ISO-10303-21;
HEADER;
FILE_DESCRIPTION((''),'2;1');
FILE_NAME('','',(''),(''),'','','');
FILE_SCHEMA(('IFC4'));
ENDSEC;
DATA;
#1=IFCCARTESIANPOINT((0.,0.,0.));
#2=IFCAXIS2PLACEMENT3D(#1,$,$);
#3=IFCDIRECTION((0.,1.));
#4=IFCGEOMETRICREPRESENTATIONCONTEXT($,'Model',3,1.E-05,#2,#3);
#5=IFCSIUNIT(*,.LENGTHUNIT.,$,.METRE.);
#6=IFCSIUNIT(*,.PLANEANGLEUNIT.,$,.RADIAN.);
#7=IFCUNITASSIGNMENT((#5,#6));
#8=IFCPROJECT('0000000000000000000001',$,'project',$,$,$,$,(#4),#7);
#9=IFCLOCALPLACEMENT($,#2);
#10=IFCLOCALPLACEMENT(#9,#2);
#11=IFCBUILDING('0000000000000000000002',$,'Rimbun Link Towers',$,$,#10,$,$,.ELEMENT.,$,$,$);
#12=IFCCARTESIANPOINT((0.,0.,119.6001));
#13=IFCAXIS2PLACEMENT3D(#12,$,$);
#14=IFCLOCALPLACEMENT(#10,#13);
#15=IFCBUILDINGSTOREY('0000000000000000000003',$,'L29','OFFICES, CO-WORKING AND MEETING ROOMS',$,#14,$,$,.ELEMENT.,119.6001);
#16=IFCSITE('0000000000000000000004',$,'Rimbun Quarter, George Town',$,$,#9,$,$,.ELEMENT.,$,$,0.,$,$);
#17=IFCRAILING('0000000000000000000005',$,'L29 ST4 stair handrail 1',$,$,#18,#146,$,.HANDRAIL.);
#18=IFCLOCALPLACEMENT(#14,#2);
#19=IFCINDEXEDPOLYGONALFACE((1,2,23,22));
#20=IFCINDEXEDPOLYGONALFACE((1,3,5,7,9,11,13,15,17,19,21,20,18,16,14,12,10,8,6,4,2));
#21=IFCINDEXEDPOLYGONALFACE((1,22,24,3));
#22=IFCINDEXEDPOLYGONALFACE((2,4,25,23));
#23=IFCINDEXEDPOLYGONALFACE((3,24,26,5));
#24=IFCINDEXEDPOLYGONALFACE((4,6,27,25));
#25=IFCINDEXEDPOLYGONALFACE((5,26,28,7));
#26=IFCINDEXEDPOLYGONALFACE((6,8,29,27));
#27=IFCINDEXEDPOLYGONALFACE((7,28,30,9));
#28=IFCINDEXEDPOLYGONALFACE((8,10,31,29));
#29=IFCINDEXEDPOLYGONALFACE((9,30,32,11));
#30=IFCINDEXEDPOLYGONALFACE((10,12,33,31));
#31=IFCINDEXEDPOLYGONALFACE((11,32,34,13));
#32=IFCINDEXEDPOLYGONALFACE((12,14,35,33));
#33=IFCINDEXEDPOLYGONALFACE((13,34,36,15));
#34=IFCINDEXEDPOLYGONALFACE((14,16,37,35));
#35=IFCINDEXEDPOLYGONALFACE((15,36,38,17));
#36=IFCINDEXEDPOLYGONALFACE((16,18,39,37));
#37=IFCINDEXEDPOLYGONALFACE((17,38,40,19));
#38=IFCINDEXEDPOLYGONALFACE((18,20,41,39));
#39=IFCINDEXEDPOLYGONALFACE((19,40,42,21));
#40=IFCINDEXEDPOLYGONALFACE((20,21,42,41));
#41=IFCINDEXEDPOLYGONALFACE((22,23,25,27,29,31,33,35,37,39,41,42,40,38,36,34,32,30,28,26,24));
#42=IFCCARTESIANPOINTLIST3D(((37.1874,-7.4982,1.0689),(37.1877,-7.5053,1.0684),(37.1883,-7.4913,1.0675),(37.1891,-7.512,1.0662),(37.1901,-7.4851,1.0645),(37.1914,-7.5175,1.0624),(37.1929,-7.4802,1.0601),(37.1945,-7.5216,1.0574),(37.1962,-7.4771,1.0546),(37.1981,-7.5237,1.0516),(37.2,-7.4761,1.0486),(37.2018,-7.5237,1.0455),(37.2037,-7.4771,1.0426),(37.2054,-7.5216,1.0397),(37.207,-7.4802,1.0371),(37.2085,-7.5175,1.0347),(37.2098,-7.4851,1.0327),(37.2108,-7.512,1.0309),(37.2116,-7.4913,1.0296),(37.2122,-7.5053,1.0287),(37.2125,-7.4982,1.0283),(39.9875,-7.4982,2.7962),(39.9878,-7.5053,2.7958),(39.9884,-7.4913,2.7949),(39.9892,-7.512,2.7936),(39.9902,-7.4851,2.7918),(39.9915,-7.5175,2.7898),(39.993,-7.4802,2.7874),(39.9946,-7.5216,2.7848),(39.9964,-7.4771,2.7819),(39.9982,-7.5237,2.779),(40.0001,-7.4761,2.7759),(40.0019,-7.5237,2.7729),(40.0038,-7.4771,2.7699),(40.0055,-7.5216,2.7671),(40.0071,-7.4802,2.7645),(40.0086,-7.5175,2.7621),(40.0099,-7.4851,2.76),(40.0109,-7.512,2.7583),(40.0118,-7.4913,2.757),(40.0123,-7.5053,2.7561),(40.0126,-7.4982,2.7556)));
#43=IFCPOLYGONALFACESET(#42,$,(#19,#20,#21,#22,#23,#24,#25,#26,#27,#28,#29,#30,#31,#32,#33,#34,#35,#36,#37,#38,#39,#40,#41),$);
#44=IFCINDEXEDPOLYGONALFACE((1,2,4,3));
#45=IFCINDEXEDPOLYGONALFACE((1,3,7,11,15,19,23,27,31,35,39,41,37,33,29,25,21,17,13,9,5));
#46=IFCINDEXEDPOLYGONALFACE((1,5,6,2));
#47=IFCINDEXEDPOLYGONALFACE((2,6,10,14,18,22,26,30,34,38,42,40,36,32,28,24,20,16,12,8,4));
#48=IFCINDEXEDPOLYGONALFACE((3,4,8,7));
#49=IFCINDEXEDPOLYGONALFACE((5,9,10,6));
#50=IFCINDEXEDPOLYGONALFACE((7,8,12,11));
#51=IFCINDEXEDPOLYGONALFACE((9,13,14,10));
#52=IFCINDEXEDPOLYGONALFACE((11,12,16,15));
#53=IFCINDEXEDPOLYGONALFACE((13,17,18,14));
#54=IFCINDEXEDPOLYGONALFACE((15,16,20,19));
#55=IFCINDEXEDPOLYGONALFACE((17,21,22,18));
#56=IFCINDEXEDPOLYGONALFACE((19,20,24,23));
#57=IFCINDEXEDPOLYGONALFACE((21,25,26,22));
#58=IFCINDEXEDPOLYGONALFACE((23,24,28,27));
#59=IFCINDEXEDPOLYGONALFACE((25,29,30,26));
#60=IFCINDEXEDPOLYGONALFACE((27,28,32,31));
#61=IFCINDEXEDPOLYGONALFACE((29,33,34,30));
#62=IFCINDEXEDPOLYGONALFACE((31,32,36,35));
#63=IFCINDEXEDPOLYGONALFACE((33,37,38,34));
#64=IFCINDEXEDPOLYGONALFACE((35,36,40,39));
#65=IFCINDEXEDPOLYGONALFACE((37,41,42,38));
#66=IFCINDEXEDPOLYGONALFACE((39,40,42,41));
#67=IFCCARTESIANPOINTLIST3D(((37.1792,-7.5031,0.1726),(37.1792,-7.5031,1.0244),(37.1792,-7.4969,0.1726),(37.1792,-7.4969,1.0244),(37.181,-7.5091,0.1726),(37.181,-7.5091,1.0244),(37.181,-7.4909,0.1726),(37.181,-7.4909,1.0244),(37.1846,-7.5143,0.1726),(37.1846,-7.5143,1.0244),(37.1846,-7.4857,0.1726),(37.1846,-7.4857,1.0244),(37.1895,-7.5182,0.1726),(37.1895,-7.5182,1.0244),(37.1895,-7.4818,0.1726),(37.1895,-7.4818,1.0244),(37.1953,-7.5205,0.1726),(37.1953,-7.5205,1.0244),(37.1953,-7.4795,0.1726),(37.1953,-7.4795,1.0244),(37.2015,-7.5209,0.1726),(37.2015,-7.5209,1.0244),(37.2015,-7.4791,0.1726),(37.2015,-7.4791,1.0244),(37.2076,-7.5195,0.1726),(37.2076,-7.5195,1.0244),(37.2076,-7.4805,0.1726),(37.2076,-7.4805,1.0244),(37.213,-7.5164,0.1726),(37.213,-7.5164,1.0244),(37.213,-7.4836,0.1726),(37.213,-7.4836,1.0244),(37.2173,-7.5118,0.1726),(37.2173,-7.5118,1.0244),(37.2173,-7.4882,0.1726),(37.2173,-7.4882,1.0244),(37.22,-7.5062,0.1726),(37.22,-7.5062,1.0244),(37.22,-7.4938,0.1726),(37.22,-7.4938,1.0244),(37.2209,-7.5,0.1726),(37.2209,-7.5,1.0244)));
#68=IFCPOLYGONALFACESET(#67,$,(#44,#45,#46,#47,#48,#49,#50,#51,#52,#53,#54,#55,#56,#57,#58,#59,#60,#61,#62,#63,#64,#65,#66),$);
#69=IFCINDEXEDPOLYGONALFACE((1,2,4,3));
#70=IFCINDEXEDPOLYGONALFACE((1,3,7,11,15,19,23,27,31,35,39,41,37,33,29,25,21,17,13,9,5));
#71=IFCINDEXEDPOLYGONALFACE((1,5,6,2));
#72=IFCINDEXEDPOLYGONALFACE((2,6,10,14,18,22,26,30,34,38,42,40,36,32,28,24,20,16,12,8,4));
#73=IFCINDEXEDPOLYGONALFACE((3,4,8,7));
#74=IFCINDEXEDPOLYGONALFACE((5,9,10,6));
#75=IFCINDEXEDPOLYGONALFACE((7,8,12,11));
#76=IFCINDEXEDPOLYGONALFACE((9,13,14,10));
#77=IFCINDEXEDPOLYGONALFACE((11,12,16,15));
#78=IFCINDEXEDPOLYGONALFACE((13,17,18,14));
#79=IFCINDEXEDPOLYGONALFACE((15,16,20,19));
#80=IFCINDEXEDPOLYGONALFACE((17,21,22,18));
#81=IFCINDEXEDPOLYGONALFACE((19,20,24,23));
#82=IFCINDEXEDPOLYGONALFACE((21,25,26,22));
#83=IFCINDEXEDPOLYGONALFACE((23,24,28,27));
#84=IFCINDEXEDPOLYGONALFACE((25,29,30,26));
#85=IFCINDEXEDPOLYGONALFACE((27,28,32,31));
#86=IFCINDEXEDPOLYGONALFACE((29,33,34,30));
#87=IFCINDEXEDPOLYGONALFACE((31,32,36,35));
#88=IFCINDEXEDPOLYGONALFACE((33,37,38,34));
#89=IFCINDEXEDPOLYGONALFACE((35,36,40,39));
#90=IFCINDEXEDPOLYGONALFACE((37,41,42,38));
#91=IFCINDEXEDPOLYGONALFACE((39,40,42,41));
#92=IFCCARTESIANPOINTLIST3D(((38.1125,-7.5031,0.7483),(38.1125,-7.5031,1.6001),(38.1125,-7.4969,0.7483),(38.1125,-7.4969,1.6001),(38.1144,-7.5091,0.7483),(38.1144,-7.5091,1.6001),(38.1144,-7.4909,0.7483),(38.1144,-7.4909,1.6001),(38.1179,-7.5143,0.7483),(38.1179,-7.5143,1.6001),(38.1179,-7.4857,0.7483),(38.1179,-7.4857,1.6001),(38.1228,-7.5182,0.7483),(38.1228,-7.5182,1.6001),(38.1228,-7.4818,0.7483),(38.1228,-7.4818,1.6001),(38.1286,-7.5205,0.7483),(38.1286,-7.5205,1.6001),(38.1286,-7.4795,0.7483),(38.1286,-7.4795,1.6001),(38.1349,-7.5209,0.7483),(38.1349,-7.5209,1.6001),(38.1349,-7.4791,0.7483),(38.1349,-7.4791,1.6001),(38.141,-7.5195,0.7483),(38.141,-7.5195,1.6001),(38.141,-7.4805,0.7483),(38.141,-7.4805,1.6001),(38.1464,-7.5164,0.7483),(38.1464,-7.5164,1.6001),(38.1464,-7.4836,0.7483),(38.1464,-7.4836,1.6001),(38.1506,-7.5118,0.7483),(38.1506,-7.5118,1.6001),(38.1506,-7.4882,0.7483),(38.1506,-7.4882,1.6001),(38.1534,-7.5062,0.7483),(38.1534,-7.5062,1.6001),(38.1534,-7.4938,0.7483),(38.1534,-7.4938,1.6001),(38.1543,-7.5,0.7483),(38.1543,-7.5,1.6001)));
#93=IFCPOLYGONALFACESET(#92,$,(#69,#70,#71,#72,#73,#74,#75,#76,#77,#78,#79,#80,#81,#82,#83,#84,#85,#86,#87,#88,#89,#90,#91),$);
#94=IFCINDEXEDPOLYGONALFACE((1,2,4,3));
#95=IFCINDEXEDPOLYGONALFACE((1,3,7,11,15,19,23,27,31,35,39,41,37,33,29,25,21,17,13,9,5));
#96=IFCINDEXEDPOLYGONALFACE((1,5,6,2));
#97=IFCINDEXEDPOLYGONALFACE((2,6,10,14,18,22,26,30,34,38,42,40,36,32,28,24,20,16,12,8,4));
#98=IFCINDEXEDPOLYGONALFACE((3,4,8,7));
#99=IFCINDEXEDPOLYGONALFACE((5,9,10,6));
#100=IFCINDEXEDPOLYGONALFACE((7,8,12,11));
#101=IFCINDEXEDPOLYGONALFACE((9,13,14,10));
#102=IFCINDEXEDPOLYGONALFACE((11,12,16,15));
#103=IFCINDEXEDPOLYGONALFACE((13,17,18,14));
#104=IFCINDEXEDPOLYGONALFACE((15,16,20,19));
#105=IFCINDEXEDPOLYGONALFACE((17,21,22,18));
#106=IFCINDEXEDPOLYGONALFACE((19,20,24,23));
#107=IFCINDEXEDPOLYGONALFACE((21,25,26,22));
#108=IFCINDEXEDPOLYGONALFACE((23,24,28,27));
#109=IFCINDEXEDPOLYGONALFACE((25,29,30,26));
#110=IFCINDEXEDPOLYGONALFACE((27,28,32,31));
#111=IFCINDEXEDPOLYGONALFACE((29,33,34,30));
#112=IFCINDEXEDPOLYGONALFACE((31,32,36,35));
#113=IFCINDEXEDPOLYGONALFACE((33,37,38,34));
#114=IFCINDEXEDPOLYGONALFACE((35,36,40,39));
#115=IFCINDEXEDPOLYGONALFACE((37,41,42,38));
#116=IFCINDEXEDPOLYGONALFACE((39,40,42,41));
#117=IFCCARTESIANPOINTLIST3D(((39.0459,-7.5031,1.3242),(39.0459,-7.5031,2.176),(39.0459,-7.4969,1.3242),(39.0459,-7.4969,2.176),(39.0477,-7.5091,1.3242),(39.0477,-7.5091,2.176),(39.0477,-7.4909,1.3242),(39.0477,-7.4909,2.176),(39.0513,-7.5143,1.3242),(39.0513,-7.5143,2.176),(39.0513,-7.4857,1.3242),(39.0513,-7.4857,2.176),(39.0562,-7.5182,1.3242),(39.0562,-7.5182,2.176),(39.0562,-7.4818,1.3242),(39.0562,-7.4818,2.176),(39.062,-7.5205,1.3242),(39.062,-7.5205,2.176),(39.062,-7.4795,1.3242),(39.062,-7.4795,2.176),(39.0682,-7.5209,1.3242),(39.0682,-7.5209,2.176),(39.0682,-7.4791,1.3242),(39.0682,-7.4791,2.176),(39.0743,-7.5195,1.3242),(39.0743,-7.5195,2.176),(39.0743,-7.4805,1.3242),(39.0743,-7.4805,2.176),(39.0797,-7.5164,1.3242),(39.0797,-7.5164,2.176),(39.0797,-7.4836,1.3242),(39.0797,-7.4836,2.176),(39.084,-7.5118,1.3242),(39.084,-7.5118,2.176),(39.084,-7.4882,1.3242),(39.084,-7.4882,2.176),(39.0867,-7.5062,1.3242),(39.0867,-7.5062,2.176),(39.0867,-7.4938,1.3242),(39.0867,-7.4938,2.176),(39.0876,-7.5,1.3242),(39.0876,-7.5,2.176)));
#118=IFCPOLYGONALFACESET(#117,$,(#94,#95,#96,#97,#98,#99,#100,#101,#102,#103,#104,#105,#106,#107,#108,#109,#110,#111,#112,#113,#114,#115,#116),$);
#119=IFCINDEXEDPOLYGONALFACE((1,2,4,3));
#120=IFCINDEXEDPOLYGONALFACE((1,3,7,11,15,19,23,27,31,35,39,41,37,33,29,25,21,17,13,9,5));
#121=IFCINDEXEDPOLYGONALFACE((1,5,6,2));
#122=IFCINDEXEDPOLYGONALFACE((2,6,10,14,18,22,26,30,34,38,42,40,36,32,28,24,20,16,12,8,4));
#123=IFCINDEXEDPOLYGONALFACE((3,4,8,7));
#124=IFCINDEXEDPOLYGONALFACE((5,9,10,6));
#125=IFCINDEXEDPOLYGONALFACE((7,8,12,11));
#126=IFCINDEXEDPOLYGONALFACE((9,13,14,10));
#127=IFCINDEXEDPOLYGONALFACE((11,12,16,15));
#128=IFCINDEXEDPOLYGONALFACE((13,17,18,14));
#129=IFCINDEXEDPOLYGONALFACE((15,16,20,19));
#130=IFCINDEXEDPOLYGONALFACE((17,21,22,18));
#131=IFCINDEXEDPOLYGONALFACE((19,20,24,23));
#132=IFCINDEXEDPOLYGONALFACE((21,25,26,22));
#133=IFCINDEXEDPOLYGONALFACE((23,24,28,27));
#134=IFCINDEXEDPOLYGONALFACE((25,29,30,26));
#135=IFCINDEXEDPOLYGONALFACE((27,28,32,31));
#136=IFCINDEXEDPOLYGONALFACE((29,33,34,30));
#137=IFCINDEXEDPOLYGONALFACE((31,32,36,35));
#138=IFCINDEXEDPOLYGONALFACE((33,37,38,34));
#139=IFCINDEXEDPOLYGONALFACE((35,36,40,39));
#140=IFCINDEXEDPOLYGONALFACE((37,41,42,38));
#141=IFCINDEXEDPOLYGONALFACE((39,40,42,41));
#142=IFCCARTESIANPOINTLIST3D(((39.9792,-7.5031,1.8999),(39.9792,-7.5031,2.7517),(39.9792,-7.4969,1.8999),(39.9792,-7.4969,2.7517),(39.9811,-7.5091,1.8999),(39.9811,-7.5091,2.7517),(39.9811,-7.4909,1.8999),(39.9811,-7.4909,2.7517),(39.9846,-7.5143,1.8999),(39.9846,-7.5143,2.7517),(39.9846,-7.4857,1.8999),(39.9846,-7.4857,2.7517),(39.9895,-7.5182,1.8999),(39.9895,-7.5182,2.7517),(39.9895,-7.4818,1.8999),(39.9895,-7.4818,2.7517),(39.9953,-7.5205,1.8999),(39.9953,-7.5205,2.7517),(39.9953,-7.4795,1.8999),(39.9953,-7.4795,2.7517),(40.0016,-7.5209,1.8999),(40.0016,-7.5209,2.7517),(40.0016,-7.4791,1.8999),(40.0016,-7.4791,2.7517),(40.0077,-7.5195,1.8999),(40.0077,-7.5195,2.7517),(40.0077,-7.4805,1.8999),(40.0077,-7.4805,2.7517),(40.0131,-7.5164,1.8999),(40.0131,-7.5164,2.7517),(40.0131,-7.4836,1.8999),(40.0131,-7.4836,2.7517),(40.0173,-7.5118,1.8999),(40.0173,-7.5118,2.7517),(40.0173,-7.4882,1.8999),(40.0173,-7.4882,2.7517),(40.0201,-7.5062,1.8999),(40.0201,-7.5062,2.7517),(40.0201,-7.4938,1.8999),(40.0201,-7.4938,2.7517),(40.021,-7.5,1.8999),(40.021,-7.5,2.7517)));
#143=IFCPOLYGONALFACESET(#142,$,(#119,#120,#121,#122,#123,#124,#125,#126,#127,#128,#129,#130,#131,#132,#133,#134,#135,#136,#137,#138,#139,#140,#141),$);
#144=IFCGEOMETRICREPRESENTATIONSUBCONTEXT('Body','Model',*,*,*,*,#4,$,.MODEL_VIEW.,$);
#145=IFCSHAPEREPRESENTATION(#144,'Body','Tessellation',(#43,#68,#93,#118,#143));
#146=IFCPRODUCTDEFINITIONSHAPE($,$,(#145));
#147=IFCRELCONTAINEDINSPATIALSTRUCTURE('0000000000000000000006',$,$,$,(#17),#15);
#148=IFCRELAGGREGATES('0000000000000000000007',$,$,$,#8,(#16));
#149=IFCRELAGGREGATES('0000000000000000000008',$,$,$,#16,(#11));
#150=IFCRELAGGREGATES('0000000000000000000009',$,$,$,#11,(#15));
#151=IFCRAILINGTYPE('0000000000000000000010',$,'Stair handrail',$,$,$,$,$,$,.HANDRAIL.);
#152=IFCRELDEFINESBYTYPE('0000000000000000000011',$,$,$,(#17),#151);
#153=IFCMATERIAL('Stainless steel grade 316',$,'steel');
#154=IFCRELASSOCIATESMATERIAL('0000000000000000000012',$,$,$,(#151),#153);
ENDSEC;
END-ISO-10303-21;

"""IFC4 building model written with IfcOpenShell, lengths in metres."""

from ifc_helpers import new_model, si_unit, direction, frame, origin, origin_2d, place, context, subcontext, project, spatial, circle, extrude, material, type_object, element, save


model = new_model("IFC4")

# Units and contexts
model_context = context("Model", 3, precision=1e-05, world=origin(), true_north=direction((0.0, 1.0)))
body_context = subcontext(model_context, "Body", "Model", "MODEL_VIEW")
ifc_project = project(units=[si_unit("LENGTHUNIT", "METRE"), si_unit("PLANEANGLEUNIT", "RADIAN")], contexts=[model_context])

# Site, building, storey
site_placement = place(None, origin())
site = spatial("IfcSite", under=ifc_project, at=site_placement, Name="Rimbun Quarter, George Town", CompositionType="ELEMENT", RefElevation=0.0)
building_placement = place(site_placement, origin())
building = spatial("IfcBuilding", under=site, at=building_placement, Name="Rimbun Link Towers", CompositionType="ELEMENT")
storey_placement = place(building_placement, frame((0.0, 0.0, 119.6001)))
storey = spatial("IfcBuildingStorey", under=building, at=storey_placement, Name="L29", Description="OFFICES, CO-WORKING AND MEETING ROOMS", CompositionType="ELEMENT", Elevation=119.6001)

# Railing
ifc_material_1 = material(Name="Stainless steel grade 316", Category="steel")
railing_type_1 = type_object("IfcRailingType", Name="Stair handrail", PredefinedType="HANDRAIL", material=ifc_material_1)
railing_1_placement = place(storey_placement, frame((37.2, -7.5, 0.1726)))
element("IfcRailing", 1, at=railing_1_placement, inside=storey, type_object=railing_type_1, Name="L29 ST4 stair handrail 1", PredefinedType="HANDRAIL", context=body_context, shape_type="SweptSolid", body=[
    extrude(circle(Radius=0.0239, at=origin_2d()), frame((0.0, 0.0, 0.876), z_axis=(0.85109, 0.0, 0.52502), x_axis=(0.0, 1.0, 0.0)), (0.0, 0.0, 1.0), 3.29),
    extrude(circle(Radius=0.021, at=origin_2d()), origin(), (0.0, 0.0, 1.0), 0.8518),
    extrude(circle(Radius=0.021, at=origin_2d()), frame((0.9333, 0.0, 0.5757)), (0.0, 0.0, 1.0), 0.8518),
    extrude(circle(Radius=0.021, at=origin_2d()), frame((1.8667, 0.0, 1.1516)), (0.0, 0.0, 1.0), 0.8518),
    extrude(circle(Radius=0.021, at=origin_2d()), frame((2.8, 0.0, 1.7273)), (0.0, 0.0, 1.0), 0.8518),
])

save(model, "model.ifc")
